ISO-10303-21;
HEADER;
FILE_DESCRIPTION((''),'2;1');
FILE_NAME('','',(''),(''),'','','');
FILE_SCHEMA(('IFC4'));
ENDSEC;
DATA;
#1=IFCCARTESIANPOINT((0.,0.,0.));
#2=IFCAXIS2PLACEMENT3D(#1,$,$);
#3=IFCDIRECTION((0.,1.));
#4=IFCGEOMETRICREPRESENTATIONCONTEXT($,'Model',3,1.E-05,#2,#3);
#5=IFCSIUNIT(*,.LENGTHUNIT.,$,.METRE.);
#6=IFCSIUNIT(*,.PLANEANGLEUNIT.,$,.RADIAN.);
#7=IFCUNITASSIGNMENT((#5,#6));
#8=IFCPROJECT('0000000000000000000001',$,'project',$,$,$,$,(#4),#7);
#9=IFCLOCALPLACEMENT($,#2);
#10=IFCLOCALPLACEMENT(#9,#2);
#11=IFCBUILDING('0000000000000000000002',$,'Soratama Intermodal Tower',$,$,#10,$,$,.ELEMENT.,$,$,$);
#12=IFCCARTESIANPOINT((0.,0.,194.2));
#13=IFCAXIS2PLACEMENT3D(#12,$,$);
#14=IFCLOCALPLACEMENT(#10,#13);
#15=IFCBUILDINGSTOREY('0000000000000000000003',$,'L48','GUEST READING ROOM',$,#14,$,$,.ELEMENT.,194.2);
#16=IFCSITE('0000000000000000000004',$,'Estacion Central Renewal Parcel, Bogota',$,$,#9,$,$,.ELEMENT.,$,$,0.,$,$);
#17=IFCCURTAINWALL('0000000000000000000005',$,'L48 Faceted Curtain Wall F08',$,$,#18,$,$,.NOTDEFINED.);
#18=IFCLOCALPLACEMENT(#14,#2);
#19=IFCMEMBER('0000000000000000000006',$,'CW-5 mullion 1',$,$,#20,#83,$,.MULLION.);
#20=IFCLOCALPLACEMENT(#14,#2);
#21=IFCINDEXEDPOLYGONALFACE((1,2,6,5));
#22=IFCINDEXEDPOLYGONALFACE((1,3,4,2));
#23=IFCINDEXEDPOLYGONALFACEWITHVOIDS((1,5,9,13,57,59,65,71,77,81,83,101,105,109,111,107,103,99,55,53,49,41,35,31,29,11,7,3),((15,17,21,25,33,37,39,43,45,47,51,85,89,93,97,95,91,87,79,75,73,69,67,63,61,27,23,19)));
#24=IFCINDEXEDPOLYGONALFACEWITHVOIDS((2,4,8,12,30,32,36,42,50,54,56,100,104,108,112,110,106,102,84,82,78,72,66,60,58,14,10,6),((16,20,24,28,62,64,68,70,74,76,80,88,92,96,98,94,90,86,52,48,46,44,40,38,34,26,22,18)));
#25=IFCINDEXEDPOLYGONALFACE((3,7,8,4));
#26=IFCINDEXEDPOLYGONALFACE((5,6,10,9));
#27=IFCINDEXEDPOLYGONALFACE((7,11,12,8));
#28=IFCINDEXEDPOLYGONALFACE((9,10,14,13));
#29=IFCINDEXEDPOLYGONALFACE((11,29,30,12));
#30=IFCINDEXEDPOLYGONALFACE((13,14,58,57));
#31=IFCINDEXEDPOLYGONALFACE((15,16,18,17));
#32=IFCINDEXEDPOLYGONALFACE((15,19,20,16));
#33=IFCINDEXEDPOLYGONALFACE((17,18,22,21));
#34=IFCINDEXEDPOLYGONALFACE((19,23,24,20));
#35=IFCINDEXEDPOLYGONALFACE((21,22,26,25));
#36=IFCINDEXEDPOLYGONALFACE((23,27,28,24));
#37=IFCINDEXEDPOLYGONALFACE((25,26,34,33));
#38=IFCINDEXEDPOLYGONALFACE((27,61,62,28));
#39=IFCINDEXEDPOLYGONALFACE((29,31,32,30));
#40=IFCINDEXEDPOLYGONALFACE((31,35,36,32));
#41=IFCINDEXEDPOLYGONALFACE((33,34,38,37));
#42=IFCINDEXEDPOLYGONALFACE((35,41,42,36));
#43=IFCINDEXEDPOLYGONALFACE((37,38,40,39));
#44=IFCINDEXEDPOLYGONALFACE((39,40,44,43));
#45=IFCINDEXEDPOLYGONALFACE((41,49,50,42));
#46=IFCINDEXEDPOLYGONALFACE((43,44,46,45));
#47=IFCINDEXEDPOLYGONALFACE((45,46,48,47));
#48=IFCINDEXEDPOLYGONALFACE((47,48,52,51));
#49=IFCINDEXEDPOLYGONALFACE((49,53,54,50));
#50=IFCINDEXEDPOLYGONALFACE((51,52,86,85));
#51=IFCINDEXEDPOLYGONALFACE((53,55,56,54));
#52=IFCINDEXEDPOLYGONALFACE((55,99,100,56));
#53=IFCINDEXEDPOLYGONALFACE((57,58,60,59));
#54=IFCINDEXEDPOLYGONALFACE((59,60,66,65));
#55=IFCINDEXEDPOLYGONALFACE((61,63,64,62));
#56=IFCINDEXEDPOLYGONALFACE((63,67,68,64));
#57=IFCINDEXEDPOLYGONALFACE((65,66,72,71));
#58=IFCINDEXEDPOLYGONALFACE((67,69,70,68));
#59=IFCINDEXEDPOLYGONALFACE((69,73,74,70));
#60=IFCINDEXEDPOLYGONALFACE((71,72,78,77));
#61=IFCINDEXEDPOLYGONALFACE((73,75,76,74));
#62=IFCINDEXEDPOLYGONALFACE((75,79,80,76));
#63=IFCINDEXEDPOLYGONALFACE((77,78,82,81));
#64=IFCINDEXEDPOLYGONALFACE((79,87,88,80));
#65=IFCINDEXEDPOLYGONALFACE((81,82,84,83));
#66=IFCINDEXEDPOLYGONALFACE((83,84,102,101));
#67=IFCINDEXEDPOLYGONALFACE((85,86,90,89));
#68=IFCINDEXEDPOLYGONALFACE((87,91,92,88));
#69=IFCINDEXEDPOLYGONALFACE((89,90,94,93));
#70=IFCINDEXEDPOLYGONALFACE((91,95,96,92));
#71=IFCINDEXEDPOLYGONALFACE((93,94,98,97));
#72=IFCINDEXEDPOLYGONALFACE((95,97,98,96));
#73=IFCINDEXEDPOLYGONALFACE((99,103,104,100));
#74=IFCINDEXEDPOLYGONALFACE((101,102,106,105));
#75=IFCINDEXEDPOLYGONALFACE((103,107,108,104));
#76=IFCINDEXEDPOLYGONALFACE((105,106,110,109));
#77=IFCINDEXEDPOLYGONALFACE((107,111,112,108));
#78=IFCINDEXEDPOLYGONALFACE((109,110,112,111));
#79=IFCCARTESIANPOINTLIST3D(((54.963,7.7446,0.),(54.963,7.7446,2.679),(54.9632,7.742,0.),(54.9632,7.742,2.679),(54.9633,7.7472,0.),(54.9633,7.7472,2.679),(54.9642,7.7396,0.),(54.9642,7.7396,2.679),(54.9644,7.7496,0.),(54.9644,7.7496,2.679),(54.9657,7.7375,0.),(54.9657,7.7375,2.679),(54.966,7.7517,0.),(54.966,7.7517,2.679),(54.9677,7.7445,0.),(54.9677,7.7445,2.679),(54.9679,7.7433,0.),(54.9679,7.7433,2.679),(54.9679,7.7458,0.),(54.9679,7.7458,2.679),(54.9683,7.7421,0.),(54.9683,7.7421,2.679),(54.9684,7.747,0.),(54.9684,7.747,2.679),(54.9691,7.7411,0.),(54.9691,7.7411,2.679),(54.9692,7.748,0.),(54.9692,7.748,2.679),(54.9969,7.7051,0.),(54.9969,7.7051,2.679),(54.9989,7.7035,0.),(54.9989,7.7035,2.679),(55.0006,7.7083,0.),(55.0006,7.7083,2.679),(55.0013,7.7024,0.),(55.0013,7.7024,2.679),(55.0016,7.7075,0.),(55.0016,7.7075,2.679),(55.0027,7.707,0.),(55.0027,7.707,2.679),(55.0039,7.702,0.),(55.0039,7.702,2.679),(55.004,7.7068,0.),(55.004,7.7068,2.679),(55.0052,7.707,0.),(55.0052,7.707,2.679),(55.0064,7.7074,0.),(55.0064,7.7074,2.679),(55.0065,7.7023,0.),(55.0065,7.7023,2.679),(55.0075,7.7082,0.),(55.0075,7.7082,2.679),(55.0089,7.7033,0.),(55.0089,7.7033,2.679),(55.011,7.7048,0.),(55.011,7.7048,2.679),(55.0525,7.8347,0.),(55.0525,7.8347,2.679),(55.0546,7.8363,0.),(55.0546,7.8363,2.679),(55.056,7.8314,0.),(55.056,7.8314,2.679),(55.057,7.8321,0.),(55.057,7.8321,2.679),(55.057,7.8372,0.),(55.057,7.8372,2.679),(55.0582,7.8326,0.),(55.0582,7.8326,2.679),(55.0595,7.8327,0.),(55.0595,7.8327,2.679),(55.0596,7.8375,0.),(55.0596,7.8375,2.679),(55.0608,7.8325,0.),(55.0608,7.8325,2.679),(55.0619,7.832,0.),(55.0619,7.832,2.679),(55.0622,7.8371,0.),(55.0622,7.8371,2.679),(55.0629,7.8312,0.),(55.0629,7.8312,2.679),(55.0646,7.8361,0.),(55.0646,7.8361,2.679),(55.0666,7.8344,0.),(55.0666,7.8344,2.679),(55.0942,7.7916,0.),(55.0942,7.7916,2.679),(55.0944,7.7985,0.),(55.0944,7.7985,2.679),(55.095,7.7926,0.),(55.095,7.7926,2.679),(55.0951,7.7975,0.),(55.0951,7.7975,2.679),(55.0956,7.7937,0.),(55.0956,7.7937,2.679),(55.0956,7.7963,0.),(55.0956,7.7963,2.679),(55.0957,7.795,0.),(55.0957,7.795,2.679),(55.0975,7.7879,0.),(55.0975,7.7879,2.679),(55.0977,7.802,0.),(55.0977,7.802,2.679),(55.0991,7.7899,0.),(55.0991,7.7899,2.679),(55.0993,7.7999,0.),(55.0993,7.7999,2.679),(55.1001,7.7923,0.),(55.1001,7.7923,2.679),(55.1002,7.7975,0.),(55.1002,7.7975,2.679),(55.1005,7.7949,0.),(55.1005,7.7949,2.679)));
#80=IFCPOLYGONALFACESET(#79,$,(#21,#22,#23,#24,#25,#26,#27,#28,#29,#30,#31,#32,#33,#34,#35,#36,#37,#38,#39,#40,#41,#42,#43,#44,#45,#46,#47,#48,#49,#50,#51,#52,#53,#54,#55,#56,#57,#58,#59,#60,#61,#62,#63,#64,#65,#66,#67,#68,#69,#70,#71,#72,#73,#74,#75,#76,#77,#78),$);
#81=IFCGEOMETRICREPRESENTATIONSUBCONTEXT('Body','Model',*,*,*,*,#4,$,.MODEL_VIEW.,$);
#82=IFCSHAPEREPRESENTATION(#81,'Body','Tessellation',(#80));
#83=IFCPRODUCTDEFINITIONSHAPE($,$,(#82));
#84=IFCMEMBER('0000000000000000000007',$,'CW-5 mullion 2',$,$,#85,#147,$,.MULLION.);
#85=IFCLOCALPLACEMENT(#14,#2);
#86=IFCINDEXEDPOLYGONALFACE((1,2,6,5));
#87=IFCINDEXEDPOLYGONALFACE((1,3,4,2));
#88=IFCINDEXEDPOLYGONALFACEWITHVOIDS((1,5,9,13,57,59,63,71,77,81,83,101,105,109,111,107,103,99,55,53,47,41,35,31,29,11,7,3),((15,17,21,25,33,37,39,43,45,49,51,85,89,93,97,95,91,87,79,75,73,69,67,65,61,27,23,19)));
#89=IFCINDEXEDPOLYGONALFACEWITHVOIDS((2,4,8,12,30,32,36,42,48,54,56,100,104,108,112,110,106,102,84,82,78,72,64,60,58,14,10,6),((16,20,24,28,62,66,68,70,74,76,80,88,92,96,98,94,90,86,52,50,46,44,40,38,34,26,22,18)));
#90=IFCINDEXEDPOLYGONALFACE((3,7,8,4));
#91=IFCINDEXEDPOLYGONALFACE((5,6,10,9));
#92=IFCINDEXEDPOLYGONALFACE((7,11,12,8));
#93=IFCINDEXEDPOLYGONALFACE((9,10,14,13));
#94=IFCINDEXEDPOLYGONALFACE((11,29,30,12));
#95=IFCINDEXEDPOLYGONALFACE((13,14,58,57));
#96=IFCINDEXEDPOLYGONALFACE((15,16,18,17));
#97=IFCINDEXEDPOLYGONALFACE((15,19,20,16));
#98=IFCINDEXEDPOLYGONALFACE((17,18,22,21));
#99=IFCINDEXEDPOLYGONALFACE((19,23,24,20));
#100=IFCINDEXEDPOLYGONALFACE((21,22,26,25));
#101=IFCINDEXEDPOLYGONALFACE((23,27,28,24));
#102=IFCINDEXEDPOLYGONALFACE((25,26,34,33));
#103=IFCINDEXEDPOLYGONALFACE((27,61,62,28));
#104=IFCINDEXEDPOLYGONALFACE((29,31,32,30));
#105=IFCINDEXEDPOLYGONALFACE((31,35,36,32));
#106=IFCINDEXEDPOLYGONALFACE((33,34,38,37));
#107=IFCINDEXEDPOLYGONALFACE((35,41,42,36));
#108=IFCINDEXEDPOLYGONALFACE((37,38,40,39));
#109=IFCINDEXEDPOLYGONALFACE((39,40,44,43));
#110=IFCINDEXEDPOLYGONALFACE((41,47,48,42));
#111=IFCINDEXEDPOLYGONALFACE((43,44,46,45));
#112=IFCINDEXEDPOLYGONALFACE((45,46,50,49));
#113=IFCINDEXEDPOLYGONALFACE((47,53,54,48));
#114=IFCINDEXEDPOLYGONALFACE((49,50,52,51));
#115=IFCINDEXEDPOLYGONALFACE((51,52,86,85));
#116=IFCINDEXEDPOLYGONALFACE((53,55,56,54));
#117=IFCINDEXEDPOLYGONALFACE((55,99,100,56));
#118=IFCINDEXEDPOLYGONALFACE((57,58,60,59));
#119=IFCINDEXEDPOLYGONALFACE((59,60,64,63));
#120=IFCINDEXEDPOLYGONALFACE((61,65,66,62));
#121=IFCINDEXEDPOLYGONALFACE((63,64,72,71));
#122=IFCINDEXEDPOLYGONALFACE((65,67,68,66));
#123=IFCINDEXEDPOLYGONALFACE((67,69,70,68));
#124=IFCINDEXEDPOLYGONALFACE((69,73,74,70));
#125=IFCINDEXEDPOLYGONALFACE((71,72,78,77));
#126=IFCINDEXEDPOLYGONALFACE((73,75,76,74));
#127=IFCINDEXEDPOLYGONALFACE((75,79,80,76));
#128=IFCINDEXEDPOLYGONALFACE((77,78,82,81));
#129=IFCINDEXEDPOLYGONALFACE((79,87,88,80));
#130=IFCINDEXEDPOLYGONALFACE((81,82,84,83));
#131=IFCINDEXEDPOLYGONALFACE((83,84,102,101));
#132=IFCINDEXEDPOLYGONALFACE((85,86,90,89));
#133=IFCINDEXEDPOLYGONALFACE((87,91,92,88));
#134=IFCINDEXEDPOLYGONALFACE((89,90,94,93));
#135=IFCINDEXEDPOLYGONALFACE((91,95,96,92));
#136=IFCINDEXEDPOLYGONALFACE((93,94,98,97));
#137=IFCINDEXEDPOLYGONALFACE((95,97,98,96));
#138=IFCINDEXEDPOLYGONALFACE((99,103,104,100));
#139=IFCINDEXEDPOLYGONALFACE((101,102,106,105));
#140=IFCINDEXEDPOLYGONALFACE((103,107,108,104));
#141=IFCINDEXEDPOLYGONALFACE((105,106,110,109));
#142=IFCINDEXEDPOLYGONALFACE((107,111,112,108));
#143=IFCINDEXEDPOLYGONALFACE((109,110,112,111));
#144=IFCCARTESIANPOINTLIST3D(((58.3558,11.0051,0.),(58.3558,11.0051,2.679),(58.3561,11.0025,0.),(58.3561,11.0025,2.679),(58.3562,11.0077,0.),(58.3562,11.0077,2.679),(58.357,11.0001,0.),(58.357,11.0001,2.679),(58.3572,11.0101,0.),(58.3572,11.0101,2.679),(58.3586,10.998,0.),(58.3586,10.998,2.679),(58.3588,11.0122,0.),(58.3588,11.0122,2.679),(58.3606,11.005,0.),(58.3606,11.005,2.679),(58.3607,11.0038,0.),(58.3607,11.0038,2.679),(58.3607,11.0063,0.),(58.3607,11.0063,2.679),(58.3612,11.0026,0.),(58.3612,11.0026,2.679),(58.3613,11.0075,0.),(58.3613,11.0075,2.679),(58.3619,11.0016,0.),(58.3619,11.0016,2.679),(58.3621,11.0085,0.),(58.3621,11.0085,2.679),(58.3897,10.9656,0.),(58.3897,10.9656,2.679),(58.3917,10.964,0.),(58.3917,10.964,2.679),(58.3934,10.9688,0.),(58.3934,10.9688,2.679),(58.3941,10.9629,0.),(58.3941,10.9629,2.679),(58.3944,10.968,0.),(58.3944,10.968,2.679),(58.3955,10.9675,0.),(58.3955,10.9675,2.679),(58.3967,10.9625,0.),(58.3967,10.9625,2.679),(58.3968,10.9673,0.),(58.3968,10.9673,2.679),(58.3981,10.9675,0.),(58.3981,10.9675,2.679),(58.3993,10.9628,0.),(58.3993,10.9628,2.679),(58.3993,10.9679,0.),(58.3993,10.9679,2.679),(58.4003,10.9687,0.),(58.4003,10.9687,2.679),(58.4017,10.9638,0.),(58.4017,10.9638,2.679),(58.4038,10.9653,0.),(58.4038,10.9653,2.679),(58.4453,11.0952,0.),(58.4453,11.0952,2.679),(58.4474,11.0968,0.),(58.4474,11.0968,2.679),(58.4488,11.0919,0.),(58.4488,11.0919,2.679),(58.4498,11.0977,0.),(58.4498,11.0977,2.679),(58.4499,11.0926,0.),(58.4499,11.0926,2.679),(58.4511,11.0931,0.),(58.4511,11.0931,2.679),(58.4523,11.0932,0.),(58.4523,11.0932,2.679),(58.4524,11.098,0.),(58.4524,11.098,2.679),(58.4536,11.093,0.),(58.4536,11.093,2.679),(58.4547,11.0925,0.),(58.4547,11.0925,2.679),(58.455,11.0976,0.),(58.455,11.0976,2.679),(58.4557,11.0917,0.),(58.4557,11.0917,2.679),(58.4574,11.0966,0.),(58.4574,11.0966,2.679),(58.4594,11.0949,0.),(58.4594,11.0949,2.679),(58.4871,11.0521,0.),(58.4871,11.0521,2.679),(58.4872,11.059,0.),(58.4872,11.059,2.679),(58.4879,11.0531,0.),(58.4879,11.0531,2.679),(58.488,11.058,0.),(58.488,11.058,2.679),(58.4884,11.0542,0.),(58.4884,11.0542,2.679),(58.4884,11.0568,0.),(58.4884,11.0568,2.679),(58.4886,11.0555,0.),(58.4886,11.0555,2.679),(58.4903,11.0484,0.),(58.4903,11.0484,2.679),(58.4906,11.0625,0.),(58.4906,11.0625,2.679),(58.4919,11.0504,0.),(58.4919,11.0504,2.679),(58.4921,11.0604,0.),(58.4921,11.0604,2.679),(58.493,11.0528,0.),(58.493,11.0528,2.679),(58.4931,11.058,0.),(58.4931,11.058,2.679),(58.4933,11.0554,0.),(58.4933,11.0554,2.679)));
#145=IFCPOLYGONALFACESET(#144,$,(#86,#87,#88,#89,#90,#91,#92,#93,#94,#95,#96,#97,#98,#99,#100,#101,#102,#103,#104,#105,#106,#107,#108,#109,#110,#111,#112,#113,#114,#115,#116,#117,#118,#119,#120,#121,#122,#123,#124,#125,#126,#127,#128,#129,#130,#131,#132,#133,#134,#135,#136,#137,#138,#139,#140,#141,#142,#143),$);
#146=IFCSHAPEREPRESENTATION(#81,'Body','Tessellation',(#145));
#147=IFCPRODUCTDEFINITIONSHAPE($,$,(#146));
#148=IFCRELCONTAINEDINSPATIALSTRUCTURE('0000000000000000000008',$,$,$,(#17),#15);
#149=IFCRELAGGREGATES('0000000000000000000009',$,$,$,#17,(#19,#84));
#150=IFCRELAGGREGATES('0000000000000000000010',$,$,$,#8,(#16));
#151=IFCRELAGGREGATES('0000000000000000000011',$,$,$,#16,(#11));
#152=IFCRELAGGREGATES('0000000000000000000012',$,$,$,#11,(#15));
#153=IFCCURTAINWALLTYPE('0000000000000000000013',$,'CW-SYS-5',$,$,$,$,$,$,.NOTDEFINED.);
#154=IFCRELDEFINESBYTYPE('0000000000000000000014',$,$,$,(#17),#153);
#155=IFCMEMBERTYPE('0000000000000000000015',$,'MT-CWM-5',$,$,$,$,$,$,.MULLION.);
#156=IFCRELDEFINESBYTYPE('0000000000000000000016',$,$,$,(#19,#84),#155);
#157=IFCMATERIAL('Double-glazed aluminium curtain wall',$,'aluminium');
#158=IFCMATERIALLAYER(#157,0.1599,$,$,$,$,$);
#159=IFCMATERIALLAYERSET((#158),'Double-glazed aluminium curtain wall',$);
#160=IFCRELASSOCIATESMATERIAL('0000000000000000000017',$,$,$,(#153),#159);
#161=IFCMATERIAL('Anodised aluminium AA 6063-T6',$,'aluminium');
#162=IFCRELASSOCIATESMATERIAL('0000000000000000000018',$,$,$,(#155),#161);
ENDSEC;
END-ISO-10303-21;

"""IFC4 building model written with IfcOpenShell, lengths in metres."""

from ifc_helpers import new_model, si_unit, direction, frame, origin, origin_2d, place, context, subcontext, project, spatial, hollow_rectangle, extrude, material, layer, layer_set, material_profile, profile_set, type_object, element, aggregate, save


model = new_model("IFC4")

# Units and contexts
model_context = context("Model", 3, precision=1e-05, world=origin(), true_north=direction((0.0, 1.0)))
body_context = subcontext(model_context, "Body", "Model", "MODEL_VIEW")
ifc_project = project(units=[si_unit("LENGTHUNIT", "METRE"), si_unit("PLANEANGLEUNIT", "RADIAN")], contexts=[model_context])

# Site, building, storey
site_placement = place(None, origin())
site = spatial("IfcSite", under=ifc_project, at=site_placement, Name="Estacion Central Renewal Parcel, Bogota", CompositionType="ELEMENT", RefElevation=0.0)
building_placement = place(site_placement, origin())
building = spatial("IfcBuilding", under=site, at=building_placement, Name="Soratama Intermodal Tower", CompositionType="ELEMENT")
storey_placement = place(building_placement, frame((0.0, 0.0, 194.2)))
storey = spatial("IfcBuildingStorey", under=building, at=storey_placement, Name="L48", Description="GUEST READING ROOM", CompositionType="ELEMENT", Elevation=194.2)

# Curtain wall, members
ifc_material_1 = material(Name="Double-glazed aluminium curtain wall", Category="aluminium")
ifc_layer_1 = layer(ifc_material_1, 0.1599)
ifc_layer_set_1 = layer_set([ifc_layer_1], Name="Double-glazed aluminium curtain wall")
curtain_wall_type = type_object("IfcCurtainWallType", Name="CW-SYS-5", PredefinedType="NOTDEFINED", material=ifc_layer_set_1)
curtain_wall_placement = place(storey_placement, origin())
curtain_wall = element("IfcCurtainWall", 1, at=curtain_wall_placement, inside=storey, type_object=curtain_wall_type, Name="L48 Faceted Curtain Wall F08", PredefinedType="NOTDEFINED")
ifc_material_2 = material(Name="Anodised aluminium AA 6063-T6", Category="aluminium")
ifc_material_profile_1 = material_profile(ifc_material_2, hollow_rectangle(XDim=0.0649, YDim=0.1399, WallThickness=0.0049, InnerFilletRadius=0.0049, OuterFilletRadius=0.01, at=origin_2d()), Name="CWM140X65X5")
ifc_profile_set_1 = profile_set([ifc_material_profile_1], Name="Anodised aluminium AA 6063-T6")
member_type_1 = type_object("IfcMemberType", Name="MT-CWM-5", PredefinedType="MULLION", material=ifc_profile_set_1)
member_1_placement = place(storey_placement, frame((55.0317, 7.7698, 0.0), z_axis=(0.0, 0.0, 1.0), x_axis=(-0.692898, 0.721036, 0.0)))
member_1 = element("IfcMember", 2, at=member_1_placement, type_object=member_type_1, Name="CW-5 mullion 1", PredefinedType="MULLION", context=body_context, shape_type="SweptSolid", body=[
    extrude(hollow_rectangle(XDim=0.0649, YDim=0.1399, WallThickness=0.0049, InnerFilletRadius=0.0049, OuterFilletRadius=0.01, at=origin_2d()), origin(), (0.0, 0.0, 1.0), 2.679),
])
member_2_placement = place(storey_placement, frame((58.4246, 11.0303, 0.0), z_axis=(0.0, 0.0, 1.0), x_axis=(-0.692898, 0.721036, 0.0)))
member_2 = element("IfcMember", 3, at=member_2_placement, type_object=member_type_1, Name="CW-5 mullion 2", PredefinedType="MULLION", context=body_context, shape_type="SweptSolid", body=[
    extrude(hollow_rectangle(XDim=0.0649, YDim=0.1399, WallThickness=0.0049, InnerFilletRadius=0.0049, OuterFilletRadius=0.01, at=origin_2d()), origin(), (0.0, 0.0, 1.0), 2.679),
])
aggregate(curtain_wall, [member_1, member_2])

save(model, "model.ifc")
